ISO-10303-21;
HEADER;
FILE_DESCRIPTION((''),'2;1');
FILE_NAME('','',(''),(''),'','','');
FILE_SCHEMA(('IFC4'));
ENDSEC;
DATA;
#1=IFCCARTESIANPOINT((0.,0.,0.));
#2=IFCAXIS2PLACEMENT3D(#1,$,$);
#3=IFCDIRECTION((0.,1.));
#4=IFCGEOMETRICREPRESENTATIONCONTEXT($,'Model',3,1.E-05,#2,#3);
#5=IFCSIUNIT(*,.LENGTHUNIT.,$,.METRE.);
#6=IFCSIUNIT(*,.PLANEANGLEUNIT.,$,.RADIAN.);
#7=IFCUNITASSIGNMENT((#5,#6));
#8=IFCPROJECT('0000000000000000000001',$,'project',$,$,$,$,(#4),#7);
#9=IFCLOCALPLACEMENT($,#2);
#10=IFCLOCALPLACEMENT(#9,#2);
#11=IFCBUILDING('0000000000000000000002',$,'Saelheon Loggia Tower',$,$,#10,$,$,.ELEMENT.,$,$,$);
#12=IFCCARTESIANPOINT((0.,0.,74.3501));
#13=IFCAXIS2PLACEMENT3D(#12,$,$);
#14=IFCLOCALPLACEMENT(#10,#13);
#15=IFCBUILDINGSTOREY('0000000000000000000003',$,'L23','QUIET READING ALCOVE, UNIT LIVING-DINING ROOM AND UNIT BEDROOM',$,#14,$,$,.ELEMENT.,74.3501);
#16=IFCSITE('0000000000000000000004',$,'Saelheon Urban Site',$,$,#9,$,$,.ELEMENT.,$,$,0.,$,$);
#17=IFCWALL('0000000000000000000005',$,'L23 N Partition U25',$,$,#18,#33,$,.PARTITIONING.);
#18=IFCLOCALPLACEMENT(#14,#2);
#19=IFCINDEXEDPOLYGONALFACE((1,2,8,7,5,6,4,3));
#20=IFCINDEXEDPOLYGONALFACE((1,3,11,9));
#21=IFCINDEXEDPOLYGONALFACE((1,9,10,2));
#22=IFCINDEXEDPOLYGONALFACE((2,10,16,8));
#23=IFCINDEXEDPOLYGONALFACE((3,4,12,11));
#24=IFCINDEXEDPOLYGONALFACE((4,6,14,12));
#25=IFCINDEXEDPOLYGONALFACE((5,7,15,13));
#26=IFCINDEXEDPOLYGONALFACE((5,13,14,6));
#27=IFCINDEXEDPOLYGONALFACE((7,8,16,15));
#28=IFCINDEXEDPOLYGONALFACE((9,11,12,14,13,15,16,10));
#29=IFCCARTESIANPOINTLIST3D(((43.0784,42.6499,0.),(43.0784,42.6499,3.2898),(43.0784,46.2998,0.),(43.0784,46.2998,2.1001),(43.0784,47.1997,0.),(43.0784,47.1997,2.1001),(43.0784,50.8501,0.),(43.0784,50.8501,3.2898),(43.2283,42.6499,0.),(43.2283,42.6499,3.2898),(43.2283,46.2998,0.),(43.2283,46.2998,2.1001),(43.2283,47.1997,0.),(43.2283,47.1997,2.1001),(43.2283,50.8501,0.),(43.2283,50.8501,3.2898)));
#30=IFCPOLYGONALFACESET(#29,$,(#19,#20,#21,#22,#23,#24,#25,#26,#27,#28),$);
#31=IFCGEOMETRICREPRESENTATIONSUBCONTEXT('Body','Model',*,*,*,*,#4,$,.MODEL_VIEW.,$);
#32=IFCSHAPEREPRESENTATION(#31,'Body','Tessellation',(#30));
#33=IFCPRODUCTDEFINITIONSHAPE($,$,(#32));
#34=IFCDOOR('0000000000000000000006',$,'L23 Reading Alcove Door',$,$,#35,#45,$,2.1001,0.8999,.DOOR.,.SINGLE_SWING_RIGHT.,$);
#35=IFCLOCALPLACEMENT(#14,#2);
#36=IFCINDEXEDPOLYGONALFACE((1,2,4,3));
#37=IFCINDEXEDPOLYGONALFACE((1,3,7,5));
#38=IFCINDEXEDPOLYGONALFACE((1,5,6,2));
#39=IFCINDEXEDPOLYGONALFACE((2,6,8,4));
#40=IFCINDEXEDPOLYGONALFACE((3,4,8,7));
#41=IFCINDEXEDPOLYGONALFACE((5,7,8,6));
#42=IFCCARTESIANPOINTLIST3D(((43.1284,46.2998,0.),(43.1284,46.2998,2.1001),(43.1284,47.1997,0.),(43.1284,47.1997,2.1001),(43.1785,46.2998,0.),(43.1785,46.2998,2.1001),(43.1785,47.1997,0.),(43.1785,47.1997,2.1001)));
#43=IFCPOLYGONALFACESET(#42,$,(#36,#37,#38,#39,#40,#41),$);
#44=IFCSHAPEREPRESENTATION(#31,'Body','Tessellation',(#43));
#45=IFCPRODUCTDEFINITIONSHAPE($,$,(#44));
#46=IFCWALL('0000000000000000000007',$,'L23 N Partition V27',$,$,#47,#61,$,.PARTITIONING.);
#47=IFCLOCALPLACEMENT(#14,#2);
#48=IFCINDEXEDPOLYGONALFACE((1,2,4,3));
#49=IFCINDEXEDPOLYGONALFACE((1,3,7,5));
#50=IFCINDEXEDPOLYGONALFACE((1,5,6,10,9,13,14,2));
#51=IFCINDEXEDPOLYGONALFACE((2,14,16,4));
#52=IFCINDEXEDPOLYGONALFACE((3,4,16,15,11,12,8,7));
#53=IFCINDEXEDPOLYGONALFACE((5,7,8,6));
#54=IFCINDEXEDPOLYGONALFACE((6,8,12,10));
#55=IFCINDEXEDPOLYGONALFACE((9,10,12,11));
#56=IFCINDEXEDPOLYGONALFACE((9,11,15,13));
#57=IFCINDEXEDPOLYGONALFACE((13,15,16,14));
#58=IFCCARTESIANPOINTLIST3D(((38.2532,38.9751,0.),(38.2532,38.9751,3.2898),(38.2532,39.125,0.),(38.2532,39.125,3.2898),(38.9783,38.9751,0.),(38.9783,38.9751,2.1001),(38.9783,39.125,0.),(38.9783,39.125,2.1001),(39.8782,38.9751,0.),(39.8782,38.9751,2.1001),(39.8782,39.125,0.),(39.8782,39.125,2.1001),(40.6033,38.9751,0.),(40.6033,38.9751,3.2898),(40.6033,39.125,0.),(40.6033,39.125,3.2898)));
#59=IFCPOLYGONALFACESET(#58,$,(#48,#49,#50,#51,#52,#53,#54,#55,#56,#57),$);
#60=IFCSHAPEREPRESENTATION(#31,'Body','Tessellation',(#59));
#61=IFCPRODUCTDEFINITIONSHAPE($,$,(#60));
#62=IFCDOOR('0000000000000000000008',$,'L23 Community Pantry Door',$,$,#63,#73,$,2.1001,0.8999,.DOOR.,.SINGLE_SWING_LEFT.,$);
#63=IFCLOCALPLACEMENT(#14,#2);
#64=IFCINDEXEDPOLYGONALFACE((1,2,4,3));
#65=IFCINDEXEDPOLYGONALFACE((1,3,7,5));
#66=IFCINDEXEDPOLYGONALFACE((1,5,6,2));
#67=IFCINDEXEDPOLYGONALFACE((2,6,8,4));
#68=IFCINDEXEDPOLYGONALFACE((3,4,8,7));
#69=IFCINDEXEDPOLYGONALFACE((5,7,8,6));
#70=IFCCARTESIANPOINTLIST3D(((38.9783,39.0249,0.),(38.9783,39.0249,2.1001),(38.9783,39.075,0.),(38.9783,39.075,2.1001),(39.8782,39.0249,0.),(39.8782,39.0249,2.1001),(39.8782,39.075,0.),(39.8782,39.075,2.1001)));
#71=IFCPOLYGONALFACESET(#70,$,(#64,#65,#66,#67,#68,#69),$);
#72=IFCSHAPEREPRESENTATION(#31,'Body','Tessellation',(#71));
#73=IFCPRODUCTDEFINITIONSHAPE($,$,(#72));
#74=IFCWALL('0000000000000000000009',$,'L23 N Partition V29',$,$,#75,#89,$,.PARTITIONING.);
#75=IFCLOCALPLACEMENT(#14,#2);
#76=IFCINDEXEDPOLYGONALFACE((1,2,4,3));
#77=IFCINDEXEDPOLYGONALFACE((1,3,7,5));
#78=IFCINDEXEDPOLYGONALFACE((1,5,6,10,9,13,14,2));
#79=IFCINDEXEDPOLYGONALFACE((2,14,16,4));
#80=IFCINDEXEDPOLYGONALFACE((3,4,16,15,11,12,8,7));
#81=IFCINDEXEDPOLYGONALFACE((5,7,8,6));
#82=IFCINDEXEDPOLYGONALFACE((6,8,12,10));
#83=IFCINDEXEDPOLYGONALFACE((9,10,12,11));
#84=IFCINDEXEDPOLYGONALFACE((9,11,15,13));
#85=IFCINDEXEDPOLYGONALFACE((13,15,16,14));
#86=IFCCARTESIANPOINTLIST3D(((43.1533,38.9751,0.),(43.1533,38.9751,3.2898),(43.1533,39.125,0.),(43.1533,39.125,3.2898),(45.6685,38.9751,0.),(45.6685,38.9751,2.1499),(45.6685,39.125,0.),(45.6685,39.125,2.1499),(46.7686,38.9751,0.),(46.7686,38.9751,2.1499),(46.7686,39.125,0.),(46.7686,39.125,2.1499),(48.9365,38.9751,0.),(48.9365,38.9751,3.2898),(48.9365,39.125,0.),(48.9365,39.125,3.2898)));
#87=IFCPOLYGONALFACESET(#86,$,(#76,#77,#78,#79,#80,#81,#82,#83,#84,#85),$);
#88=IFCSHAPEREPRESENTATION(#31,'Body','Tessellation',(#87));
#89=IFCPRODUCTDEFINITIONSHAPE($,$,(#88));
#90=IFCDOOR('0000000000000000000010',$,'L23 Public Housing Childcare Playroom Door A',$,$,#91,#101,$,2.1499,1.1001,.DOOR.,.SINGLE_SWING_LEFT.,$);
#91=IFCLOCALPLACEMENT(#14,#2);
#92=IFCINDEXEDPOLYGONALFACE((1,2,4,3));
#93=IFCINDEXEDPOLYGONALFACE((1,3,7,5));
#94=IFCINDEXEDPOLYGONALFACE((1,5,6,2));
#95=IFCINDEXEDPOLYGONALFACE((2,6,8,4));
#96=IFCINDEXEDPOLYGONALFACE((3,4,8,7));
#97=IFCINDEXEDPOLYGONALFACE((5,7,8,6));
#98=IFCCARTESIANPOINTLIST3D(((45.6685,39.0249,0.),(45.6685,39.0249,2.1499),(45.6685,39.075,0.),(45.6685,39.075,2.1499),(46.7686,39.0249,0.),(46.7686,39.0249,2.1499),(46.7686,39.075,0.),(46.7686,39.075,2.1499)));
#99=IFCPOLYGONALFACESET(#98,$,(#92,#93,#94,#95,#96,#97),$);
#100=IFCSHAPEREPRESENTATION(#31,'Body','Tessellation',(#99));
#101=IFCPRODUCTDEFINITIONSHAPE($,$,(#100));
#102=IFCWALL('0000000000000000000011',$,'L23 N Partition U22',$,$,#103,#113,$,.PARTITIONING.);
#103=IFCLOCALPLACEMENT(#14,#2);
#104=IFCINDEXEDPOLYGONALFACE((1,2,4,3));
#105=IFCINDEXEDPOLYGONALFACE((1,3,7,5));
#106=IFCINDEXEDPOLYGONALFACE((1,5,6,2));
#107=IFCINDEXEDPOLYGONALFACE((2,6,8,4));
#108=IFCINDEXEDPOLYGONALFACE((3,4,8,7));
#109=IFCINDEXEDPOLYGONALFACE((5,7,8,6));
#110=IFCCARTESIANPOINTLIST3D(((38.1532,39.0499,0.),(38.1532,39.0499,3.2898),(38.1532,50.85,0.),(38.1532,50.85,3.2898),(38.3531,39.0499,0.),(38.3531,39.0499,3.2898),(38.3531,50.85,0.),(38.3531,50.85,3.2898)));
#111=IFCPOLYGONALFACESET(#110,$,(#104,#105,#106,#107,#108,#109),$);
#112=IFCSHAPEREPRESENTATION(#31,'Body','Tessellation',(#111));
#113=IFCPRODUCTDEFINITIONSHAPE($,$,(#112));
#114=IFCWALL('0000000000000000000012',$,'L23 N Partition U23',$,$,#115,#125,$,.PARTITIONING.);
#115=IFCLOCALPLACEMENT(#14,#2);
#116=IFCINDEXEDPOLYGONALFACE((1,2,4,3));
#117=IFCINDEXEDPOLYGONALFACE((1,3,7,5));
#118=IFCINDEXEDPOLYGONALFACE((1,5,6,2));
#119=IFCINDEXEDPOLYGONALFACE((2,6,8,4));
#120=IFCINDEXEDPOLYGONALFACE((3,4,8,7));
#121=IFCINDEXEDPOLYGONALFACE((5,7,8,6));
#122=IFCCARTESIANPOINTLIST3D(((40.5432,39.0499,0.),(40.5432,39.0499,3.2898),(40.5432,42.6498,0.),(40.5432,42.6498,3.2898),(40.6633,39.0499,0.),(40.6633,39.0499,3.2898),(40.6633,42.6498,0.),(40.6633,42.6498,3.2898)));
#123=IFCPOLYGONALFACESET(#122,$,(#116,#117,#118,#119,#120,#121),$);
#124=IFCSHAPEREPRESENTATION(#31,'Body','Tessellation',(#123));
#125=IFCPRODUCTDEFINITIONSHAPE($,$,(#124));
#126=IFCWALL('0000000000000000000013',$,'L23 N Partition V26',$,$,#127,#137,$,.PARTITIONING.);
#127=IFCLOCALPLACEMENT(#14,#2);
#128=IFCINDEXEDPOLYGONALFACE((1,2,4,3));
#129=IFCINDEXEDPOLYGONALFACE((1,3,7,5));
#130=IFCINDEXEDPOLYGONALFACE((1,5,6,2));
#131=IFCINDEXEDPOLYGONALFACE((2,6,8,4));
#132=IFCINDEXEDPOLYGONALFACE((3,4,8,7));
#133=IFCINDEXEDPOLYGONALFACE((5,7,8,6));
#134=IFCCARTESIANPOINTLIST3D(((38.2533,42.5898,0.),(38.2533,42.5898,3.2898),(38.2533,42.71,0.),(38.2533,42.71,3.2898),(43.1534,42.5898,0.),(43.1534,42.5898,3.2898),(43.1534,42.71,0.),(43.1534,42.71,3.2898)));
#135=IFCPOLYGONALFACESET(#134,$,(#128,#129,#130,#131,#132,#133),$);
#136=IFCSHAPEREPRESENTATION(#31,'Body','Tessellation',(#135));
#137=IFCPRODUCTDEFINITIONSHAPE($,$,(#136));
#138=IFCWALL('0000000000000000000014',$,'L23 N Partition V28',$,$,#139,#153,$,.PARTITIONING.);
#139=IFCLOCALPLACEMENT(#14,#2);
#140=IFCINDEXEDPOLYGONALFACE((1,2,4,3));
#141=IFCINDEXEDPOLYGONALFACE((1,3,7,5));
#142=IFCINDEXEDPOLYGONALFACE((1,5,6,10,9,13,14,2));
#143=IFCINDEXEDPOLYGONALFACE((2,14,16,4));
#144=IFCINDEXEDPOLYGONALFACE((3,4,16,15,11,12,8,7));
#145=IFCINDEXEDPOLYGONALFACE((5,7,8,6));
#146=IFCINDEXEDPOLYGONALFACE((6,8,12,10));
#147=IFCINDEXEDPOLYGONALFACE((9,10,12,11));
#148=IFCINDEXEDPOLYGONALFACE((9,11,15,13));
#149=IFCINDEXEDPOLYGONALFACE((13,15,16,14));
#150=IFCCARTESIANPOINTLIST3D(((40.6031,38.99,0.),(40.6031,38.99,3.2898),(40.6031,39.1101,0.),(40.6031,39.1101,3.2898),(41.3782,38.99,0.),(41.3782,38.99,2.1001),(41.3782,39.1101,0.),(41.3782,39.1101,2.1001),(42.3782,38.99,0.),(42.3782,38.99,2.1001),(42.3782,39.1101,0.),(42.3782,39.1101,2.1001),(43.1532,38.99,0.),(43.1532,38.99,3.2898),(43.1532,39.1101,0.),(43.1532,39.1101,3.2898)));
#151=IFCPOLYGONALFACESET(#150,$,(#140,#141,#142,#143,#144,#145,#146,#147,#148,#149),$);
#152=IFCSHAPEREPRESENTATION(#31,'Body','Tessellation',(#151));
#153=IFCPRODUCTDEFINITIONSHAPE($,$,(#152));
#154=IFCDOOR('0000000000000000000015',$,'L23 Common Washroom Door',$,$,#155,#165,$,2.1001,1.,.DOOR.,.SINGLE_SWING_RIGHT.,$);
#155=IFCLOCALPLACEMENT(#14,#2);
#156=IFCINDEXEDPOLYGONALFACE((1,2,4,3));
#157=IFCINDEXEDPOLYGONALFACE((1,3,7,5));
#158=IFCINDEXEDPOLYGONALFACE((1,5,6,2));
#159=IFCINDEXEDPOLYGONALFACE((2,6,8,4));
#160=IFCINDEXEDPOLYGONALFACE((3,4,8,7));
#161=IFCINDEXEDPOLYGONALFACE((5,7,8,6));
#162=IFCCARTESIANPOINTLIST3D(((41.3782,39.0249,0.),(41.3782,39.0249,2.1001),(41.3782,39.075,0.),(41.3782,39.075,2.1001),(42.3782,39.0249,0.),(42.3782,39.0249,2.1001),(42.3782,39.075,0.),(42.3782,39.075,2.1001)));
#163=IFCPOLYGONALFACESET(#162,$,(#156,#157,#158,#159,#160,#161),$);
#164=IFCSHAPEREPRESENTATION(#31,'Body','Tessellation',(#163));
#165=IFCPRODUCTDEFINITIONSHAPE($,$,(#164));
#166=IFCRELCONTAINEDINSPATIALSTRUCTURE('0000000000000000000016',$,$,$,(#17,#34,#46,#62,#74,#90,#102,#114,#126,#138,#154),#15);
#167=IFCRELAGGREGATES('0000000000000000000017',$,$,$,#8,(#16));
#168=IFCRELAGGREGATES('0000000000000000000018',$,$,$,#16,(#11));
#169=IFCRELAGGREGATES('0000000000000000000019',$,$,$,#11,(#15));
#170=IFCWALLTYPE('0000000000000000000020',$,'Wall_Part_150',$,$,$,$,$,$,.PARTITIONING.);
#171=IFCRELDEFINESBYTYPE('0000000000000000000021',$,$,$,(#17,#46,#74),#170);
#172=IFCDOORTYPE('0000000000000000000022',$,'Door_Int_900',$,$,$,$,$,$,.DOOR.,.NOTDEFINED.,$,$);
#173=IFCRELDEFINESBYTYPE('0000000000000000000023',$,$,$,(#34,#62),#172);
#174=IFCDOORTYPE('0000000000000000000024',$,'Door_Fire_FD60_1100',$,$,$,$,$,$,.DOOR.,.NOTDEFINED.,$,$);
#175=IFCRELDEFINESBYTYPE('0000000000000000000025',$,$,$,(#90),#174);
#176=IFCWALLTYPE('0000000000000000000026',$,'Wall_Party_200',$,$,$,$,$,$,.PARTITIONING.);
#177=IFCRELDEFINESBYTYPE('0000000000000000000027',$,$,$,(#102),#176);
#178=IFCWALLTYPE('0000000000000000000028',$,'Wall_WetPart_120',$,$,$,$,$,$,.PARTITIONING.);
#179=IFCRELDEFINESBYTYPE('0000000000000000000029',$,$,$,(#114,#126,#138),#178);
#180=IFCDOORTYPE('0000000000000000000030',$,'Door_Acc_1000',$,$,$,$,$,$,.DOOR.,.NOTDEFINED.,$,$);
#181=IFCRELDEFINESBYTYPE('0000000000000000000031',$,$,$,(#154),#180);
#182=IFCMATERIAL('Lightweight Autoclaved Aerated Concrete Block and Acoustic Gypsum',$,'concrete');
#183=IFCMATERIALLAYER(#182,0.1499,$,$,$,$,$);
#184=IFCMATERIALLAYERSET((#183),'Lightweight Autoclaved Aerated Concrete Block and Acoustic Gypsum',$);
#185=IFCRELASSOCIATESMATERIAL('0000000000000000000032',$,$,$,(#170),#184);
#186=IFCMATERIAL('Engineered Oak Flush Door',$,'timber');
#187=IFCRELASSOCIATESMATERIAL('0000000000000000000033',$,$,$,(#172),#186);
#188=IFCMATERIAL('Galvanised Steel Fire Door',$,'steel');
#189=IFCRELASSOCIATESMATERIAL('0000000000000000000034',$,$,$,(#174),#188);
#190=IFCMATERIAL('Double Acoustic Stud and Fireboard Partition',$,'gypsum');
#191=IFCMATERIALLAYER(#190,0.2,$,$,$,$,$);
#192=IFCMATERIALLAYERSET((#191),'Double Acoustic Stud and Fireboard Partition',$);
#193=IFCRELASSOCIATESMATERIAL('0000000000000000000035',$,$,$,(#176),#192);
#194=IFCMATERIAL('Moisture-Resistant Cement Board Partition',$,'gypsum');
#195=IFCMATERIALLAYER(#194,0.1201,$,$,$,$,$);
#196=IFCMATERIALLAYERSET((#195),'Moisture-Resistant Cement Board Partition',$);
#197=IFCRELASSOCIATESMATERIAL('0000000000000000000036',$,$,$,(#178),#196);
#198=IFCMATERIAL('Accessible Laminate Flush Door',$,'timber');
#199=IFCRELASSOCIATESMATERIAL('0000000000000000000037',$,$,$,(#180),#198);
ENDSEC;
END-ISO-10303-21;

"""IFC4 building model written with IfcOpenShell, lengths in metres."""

from ifc_helpers import new_model, si_unit, direction, frame, frame_2d, origin, place, context, subcontext, project, spatial, rectangle, extrude, source, transform, mapped, material, layer, layer_set, type_object, element, fill, save


model = new_model("IFC4")

# Units and contexts
model_context = context("Model", 3, precision=1e-05, world=origin(), true_north=direction((0.0, 1.0)))
body_context = subcontext(model_context, "Body", "Model", "MODEL_VIEW")
ifc_project = project(units=[si_unit("LENGTHUNIT", "METRE"), si_unit("PLANEANGLEUNIT", "RADIAN")], contexts=[model_context])

# Site, building, storey
site_placement = place(None, origin())
site = spatial("IfcSite", under=ifc_project, at=site_placement, Name="Saelheon Urban Site", CompositionType="ELEMENT", RefElevation=0.0)
building_placement = place(site_placement, origin())
building = spatial("IfcBuilding", under=site, at=building_placement, Name="Saelheon Loggia Tower", CompositionType="ELEMENT")
storey_placement = place(building_placement, frame((0.0, 0.0, 74.3501)))
storey = spatial("IfcBuildingStorey", under=building, at=storey_placement, Name="L23", Description="QUIET READING ALCOVE, UNIT LIVING-DINING ROOM AND UNIT BEDROOM", CompositionType="ELEMENT", Elevation=74.3501)

# Shared definitions
ifc_material_1 = material(Name="Lightweight Autoclaved Aerated Concrete Block and Acoustic Gypsum", Category="concrete")
ifc_layer_1 = layer(ifc_material_1, 0.1499)
ifc_layer_set_1 = layer_set([ifc_layer_1], Name="Lightweight Autoclaved Aerated Concrete Block and Acoustic Gypsum")
wall_type_1 = type_object("IfcWallType", Name="Wall_Part_150", PredefinedType="PARTITIONING", material=ifc_layer_set_1)

# Shared definitions
ifc_material_2 = material(Name="Engineered Oak Flush Door", Category="timber")
door_type_1 = type_object("IfcDoorType", Name="Door_Int_900", OperationType="NOTDEFINED", PredefinedType="DOOR", material=ifc_material_2)
shared_shape_1 = source(origin(), body_context, "Body", "SweptSolid", [
    extrude(rectangle(XDim=0.8999, YDim=2.1001, at=frame_2d((0.45, 1.05))), frame((0.0, 0.0249, 0.0), z_axis=(0.0, -1.0, 0.0), x_axis=(1.0, 0.0, 0.0)), (0.0, 0.0, 1.0), 0.05),
])

# Walls, openings, doors
wall_1_placement = place(storey_placement, frame((43.1533, 42.6499, 0.0), z_axis=(0.0, 0.0, 1.0), x_axis=(0.0, 1.0, 0.0)))
wall_1 = element("IfcWall", 1, at=wall_1_placement, inside=storey, type_object=wall_type_1, Name="L23 N Partition U25", PredefinedType="PARTITIONING", context=body_context, shape_type="SweptSolid", body=[
    extrude(rectangle(XDim=8.2002, YDim=0.1499, at=frame_2d((4.1001, 0.0))), origin(), (0.0, 0.0, 1.0), 3.2898),
])
opening_1_placement = place(wall_1_placement, frame((3.6499, 0.0, 0.0)))
opening_1 = element("IfcOpeningElement", 2, at=opening_1_placement, cuts=wall_1, PredefinedType="OPENING", context=body_context, shape_type="SweptSolid", body=[
    extrude(rectangle(XDim=0.8999, YDim=2.1001, at=frame_2d((0.45, 1.05))), frame((0.0, 0.0869, 0.0), z_axis=(0.0, -1.0, 0.0), x_axis=(1.0, 0.0, 0.0)), (0.0, 0.0, 1.0), 0.1738),
])
door_1_placement = place(opening_1_placement, origin())
door_1 = element("IfcDoor", 3, at=door_1_placement, inside=storey, type_object=door_type_1, Name="L23 Reading Alcove Door", OperationType="SINGLE_SWING_RIGHT", OverallHeight=2.1001, OverallWidth=0.8999, PredefinedType="DOOR", context=body_context, shape_type="MappedRepresentation", body=[
    mapped(shared_shape_1, transform((0.0, 0.0, 0.0), scale=1.0)),
])
fill(opening_1, door_1)
wall_2_placement = place(storey_placement, frame((38.2532, 39.05, 0.0), z_axis=(0.0, 0.0, 1.0), x_axis=(1.0, 0.0, 0.0)))
wall_2 = element("IfcWall", 4, at=wall_2_placement, inside=storey, type_object=wall_type_1, Name="L23 N Partition V27", PredefinedType="PARTITIONING", context=body_context, shape_type="SweptSolid", body=[
    extrude(rectangle(XDim=2.3501, YDim=0.1499, at=frame_2d((1.175, 0.0))), origin(), (0.0, 0.0, 1.0), 3.2898),
])
opening_2_placement = place(wall_2_placement, frame((0.7251, 0.0, 0.0)))
opening_2 = element("IfcOpeningElement", 5, at=opening_2_placement, cuts=wall_2, PredefinedType="OPENING", context=body_context, shape_type="SweptSolid", body=[
    extrude(rectangle(XDim=0.8999, YDim=2.1001, at=frame_2d((0.45, 1.05))), frame((0.0, 0.0869, 0.0), z_axis=(0.0, -1.0, 0.0), x_axis=(1.0, 0.0, 0.0)), (0.0, 0.0, 1.0), 0.1738),
])
door_2_placement = place(opening_2_placement, origin())
door_2 = element("IfcDoor", 6, at=door_2_placement, inside=storey, type_object=door_type_1, Name="L23 Community Pantry Door", OperationType="SINGLE_SWING_LEFT", OverallHeight=2.1001, OverallWidth=0.8999, PredefinedType="DOOR", context=body_context, shape_type="MappedRepresentation", body=[
    mapped(shared_shape_1, transform((0.0, 0.0, 0.0), scale=1.0)),
])
fill(opening_2, door_2)
wall_3_placement = place(storey_placement, frame((43.1533, 39.05, 0.0), z_axis=(0.0, 0.0, 1.0), x_axis=(1.0, 0.0, 0.0)))
wall_3 = element("IfcWall", 7, at=wall_3_placement, inside=storey, type_object=wall_type_1, Name="L23 N Partition V29", PredefinedType="PARTITIONING", context=body_context, shape_type="SweptSolid", body=[
    extrude(rectangle(XDim=5.7832, YDim=0.1499, at=frame_2d((2.8916, 0.0))), origin(), (0.0, 0.0, 1.0), 3.2898),
])
opening_3_placement = place(wall_3_placement, frame((2.5151, 0.0, 0.0)))
opening_3 = element("IfcOpeningElement", 8, at=opening_3_placement, cuts=wall_3, PredefinedType="OPENING", context=body_context, shape_type="SweptSolid", body=[
    extrude(rectangle(XDim=1.1001, YDim=2.1499, at=frame_2d((0.55, 1.075))), frame((0.0, 0.0869, 0.0), z_axis=(0.0, -1.0, 0.0), x_axis=(1.0, 0.0, 0.0)), (0.0, 0.0, 1.0), 0.1738),
])
ifc_material_3 = material(Name="Galvanised Steel Fire Door", Category="steel")
door_type_2 = type_object("IfcDoorType", Name="Door_Fire_FD60_1100", OperationType="NOTDEFINED", PredefinedType="DOOR", material=ifc_material_3)
shared_shape_2 = source(origin(), body_context, "Body", "SweptSolid", [
    extrude(rectangle(XDim=1.1001, YDim=2.1499, at=frame_2d((0.55, 1.075))), frame((0.0, 0.0249, 0.0), z_axis=(0.0, -1.0, 0.0), x_axis=(1.0, 0.0, 0.0)), (0.0, 0.0, 1.0), 0.05),
])
door_3_placement = place(opening_3_placement, origin())
door_3 = element("IfcDoor", 9, at=door_3_placement, inside=storey, type_object=door_type_2, Name="L23 Public Housing Childcare Playroom Door A", OperationType="SINGLE_SWING_LEFT", OverallHeight=2.1499, OverallWidth=1.1001, PredefinedType="DOOR", context=body_context, shape_type="MappedRepresentation", body=[
    mapped(shared_shape_2, transform((0.0, 0.0, 0.0), scale=1.0)),
])
fill(opening_3, door_3)

# Walls
ifc_material_4 = material(Name="Double Acoustic Stud and Fireboard Partition", Category="gypsum")
ifc_layer_2 = layer(ifc_material_4, 0.2)
ifc_layer_set_2 = layer_set([ifc_layer_2], Name="Double Acoustic Stud and Fireboard Partition")
wall_type_2 = type_object("IfcWallType", Name="Wall_Party_200", PredefinedType="PARTITIONING", material=ifc_layer_set_2)
wall_4_placement = place(storey_placement, frame((38.2532, 39.05, 0.0), z_axis=(0.0, 0.0, 1.0), x_axis=(0.0, 1.0, 0.0)))
element("IfcWall", 10, at=wall_4_placement, inside=storey, type_object=wall_type_2, Name="L23 N Partition U22", PredefinedType="PARTITIONING", context=body_context, shape_type="SweptSolid", body=[
    extrude(rectangle(XDim=11.8, YDim=0.2, at=frame_2d((5.8999, 0.0))), origin(), (0.0, 0.0, 1.0), 3.2898),
])
ifc_material_5 = material(Name="Moisture-Resistant Cement Board Partition", Category="gypsum")
ifc_layer_3 = layer(ifc_material_5, 0.1201)
ifc_layer_set_3 = layer_set([ifc_layer_3], Name="Moisture-Resistant Cement Board Partition")
wall_type_3 = type_object("IfcWallType", Name="Wall_WetPart_120", PredefinedType="PARTITIONING", material=ifc_layer_set_3)
wall_5_placement = place(storey_placement, frame((40.6033, 39.05, 0.0), z_axis=(0.0, 0.0, 1.0), x_axis=(0.0, 1.0, 0.0)))
element("IfcWall", 11, at=wall_5_placement, inside=storey, type_object=wall_type_3, Name="L23 N Partition U23", PredefinedType="PARTITIONING", context=body_context, shape_type="SweptSolid", body=[
    extrude(rectangle(XDim=3.5999, YDim=0.1201, at=frame_2d((1.7998, 0.0))), origin(), (0.0, 0.0, 1.0), 3.2898),
])
wall_6_placement = place(storey_placement, frame((38.2532, 42.6499, 0.0), z_axis=(0.0, 0.0, 1.0), x_axis=(1.0, 0.0, 0.0)))
element("IfcWall", 12, at=wall_6_placement, inside=storey, type_object=wall_type_3, Name="L23 N Partition V26", PredefinedType="PARTITIONING", context=body_context, shape_type="SweptSolid", body=[
    extrude(rectangle(XDim=4.9001, YDim=0.1201, at=frame_2d((2.4502, 0.0))), origin(), (0.0, 0.0, 1.0), 3.2898),
])

# Wall, opening, door
wall_7_placement = place(storey_placement, frame((40.6033, 39.05, 0.0), z_axis=(0.0, 0.0, 1.0), x_axis=(1.0, 0.0, 0.0)))
wall_7 = element("IfcWall", 13, at=wall_7_placement, inside=storey, type_object=wall_type_3, Name="L23 N Partition V28", PredefinedType="PARTITIONING", context=body_context, shape_type="SweptSolid", body=[
    extrude(rectangle(XDim=2.55, YDim=0.1201, at=frame_2d((1.2749, 0.0))), origin(), (0.0, 0.0, 1.0), 3.2898),
])
opening_4_placement = place(wall_7_placement, frame((0.7749, 0.0, 0.0)))
opening_4 = element("IfcOpeningElement", 14, at=opening_4_placement, cuts=wall_7, PredefinedType="OPENING", context=body_context, shape_type="SweptSolid", body=[
    extrude(rectangle(XDim=1.0, YDim=2.1001, at=frame_2d((0.5, 1.05))), frame((0.0, 0.072, 0.0), z_axis=(0.0, -1.0, 0.0), x_axis=(1.0, 0.0, 0.0)), (0.0, 0.0, 1.0), 0.144),
])
ifc_material_6 = material(Name="Accessible Laminate Flush Door", Category="timber")
door_type_3 = type_object("IfcDoorType", Name="Door_Acc_1000", OperationType="NOTDEFINED", PredefinedType="DOOR", material=ifc_material_6)
shared_shape_3 = source(origin(), body_context, "Body", "SweptSolid", [
    extrude(rectangle(XDim=1.0, YDim=2.1001, at=frame_2d((0.5, 1.05))), frame((0.0, 0.0249, 0.0), z_axis=(0.0, -1.0, 0.0), x_axis=(1.0, 0.0, 0.0)), (0.0, 0.0, 1.0), 0.05),
])
door_4_placement = place(opening_4_placement, origin())
door_4 = element("IfcDoor", 15, at=door_4_placement, inside=storey, type_object=door_type_3, Name="L23 Common Washroom Door", OperationType="SINGLE_SWING_RIGHT", OverallHeight=2.1001, OverallWidth=1.0, PredefinedType="DOOR", context=body_context, shape_type="MappedRepresentation", body=[
    mapped(shared_shape_3, transform((0.0, 0.0, 0.0), scale=1.0)),
])
fill(opening_4, door_4)

save(model, "model.ifc")
